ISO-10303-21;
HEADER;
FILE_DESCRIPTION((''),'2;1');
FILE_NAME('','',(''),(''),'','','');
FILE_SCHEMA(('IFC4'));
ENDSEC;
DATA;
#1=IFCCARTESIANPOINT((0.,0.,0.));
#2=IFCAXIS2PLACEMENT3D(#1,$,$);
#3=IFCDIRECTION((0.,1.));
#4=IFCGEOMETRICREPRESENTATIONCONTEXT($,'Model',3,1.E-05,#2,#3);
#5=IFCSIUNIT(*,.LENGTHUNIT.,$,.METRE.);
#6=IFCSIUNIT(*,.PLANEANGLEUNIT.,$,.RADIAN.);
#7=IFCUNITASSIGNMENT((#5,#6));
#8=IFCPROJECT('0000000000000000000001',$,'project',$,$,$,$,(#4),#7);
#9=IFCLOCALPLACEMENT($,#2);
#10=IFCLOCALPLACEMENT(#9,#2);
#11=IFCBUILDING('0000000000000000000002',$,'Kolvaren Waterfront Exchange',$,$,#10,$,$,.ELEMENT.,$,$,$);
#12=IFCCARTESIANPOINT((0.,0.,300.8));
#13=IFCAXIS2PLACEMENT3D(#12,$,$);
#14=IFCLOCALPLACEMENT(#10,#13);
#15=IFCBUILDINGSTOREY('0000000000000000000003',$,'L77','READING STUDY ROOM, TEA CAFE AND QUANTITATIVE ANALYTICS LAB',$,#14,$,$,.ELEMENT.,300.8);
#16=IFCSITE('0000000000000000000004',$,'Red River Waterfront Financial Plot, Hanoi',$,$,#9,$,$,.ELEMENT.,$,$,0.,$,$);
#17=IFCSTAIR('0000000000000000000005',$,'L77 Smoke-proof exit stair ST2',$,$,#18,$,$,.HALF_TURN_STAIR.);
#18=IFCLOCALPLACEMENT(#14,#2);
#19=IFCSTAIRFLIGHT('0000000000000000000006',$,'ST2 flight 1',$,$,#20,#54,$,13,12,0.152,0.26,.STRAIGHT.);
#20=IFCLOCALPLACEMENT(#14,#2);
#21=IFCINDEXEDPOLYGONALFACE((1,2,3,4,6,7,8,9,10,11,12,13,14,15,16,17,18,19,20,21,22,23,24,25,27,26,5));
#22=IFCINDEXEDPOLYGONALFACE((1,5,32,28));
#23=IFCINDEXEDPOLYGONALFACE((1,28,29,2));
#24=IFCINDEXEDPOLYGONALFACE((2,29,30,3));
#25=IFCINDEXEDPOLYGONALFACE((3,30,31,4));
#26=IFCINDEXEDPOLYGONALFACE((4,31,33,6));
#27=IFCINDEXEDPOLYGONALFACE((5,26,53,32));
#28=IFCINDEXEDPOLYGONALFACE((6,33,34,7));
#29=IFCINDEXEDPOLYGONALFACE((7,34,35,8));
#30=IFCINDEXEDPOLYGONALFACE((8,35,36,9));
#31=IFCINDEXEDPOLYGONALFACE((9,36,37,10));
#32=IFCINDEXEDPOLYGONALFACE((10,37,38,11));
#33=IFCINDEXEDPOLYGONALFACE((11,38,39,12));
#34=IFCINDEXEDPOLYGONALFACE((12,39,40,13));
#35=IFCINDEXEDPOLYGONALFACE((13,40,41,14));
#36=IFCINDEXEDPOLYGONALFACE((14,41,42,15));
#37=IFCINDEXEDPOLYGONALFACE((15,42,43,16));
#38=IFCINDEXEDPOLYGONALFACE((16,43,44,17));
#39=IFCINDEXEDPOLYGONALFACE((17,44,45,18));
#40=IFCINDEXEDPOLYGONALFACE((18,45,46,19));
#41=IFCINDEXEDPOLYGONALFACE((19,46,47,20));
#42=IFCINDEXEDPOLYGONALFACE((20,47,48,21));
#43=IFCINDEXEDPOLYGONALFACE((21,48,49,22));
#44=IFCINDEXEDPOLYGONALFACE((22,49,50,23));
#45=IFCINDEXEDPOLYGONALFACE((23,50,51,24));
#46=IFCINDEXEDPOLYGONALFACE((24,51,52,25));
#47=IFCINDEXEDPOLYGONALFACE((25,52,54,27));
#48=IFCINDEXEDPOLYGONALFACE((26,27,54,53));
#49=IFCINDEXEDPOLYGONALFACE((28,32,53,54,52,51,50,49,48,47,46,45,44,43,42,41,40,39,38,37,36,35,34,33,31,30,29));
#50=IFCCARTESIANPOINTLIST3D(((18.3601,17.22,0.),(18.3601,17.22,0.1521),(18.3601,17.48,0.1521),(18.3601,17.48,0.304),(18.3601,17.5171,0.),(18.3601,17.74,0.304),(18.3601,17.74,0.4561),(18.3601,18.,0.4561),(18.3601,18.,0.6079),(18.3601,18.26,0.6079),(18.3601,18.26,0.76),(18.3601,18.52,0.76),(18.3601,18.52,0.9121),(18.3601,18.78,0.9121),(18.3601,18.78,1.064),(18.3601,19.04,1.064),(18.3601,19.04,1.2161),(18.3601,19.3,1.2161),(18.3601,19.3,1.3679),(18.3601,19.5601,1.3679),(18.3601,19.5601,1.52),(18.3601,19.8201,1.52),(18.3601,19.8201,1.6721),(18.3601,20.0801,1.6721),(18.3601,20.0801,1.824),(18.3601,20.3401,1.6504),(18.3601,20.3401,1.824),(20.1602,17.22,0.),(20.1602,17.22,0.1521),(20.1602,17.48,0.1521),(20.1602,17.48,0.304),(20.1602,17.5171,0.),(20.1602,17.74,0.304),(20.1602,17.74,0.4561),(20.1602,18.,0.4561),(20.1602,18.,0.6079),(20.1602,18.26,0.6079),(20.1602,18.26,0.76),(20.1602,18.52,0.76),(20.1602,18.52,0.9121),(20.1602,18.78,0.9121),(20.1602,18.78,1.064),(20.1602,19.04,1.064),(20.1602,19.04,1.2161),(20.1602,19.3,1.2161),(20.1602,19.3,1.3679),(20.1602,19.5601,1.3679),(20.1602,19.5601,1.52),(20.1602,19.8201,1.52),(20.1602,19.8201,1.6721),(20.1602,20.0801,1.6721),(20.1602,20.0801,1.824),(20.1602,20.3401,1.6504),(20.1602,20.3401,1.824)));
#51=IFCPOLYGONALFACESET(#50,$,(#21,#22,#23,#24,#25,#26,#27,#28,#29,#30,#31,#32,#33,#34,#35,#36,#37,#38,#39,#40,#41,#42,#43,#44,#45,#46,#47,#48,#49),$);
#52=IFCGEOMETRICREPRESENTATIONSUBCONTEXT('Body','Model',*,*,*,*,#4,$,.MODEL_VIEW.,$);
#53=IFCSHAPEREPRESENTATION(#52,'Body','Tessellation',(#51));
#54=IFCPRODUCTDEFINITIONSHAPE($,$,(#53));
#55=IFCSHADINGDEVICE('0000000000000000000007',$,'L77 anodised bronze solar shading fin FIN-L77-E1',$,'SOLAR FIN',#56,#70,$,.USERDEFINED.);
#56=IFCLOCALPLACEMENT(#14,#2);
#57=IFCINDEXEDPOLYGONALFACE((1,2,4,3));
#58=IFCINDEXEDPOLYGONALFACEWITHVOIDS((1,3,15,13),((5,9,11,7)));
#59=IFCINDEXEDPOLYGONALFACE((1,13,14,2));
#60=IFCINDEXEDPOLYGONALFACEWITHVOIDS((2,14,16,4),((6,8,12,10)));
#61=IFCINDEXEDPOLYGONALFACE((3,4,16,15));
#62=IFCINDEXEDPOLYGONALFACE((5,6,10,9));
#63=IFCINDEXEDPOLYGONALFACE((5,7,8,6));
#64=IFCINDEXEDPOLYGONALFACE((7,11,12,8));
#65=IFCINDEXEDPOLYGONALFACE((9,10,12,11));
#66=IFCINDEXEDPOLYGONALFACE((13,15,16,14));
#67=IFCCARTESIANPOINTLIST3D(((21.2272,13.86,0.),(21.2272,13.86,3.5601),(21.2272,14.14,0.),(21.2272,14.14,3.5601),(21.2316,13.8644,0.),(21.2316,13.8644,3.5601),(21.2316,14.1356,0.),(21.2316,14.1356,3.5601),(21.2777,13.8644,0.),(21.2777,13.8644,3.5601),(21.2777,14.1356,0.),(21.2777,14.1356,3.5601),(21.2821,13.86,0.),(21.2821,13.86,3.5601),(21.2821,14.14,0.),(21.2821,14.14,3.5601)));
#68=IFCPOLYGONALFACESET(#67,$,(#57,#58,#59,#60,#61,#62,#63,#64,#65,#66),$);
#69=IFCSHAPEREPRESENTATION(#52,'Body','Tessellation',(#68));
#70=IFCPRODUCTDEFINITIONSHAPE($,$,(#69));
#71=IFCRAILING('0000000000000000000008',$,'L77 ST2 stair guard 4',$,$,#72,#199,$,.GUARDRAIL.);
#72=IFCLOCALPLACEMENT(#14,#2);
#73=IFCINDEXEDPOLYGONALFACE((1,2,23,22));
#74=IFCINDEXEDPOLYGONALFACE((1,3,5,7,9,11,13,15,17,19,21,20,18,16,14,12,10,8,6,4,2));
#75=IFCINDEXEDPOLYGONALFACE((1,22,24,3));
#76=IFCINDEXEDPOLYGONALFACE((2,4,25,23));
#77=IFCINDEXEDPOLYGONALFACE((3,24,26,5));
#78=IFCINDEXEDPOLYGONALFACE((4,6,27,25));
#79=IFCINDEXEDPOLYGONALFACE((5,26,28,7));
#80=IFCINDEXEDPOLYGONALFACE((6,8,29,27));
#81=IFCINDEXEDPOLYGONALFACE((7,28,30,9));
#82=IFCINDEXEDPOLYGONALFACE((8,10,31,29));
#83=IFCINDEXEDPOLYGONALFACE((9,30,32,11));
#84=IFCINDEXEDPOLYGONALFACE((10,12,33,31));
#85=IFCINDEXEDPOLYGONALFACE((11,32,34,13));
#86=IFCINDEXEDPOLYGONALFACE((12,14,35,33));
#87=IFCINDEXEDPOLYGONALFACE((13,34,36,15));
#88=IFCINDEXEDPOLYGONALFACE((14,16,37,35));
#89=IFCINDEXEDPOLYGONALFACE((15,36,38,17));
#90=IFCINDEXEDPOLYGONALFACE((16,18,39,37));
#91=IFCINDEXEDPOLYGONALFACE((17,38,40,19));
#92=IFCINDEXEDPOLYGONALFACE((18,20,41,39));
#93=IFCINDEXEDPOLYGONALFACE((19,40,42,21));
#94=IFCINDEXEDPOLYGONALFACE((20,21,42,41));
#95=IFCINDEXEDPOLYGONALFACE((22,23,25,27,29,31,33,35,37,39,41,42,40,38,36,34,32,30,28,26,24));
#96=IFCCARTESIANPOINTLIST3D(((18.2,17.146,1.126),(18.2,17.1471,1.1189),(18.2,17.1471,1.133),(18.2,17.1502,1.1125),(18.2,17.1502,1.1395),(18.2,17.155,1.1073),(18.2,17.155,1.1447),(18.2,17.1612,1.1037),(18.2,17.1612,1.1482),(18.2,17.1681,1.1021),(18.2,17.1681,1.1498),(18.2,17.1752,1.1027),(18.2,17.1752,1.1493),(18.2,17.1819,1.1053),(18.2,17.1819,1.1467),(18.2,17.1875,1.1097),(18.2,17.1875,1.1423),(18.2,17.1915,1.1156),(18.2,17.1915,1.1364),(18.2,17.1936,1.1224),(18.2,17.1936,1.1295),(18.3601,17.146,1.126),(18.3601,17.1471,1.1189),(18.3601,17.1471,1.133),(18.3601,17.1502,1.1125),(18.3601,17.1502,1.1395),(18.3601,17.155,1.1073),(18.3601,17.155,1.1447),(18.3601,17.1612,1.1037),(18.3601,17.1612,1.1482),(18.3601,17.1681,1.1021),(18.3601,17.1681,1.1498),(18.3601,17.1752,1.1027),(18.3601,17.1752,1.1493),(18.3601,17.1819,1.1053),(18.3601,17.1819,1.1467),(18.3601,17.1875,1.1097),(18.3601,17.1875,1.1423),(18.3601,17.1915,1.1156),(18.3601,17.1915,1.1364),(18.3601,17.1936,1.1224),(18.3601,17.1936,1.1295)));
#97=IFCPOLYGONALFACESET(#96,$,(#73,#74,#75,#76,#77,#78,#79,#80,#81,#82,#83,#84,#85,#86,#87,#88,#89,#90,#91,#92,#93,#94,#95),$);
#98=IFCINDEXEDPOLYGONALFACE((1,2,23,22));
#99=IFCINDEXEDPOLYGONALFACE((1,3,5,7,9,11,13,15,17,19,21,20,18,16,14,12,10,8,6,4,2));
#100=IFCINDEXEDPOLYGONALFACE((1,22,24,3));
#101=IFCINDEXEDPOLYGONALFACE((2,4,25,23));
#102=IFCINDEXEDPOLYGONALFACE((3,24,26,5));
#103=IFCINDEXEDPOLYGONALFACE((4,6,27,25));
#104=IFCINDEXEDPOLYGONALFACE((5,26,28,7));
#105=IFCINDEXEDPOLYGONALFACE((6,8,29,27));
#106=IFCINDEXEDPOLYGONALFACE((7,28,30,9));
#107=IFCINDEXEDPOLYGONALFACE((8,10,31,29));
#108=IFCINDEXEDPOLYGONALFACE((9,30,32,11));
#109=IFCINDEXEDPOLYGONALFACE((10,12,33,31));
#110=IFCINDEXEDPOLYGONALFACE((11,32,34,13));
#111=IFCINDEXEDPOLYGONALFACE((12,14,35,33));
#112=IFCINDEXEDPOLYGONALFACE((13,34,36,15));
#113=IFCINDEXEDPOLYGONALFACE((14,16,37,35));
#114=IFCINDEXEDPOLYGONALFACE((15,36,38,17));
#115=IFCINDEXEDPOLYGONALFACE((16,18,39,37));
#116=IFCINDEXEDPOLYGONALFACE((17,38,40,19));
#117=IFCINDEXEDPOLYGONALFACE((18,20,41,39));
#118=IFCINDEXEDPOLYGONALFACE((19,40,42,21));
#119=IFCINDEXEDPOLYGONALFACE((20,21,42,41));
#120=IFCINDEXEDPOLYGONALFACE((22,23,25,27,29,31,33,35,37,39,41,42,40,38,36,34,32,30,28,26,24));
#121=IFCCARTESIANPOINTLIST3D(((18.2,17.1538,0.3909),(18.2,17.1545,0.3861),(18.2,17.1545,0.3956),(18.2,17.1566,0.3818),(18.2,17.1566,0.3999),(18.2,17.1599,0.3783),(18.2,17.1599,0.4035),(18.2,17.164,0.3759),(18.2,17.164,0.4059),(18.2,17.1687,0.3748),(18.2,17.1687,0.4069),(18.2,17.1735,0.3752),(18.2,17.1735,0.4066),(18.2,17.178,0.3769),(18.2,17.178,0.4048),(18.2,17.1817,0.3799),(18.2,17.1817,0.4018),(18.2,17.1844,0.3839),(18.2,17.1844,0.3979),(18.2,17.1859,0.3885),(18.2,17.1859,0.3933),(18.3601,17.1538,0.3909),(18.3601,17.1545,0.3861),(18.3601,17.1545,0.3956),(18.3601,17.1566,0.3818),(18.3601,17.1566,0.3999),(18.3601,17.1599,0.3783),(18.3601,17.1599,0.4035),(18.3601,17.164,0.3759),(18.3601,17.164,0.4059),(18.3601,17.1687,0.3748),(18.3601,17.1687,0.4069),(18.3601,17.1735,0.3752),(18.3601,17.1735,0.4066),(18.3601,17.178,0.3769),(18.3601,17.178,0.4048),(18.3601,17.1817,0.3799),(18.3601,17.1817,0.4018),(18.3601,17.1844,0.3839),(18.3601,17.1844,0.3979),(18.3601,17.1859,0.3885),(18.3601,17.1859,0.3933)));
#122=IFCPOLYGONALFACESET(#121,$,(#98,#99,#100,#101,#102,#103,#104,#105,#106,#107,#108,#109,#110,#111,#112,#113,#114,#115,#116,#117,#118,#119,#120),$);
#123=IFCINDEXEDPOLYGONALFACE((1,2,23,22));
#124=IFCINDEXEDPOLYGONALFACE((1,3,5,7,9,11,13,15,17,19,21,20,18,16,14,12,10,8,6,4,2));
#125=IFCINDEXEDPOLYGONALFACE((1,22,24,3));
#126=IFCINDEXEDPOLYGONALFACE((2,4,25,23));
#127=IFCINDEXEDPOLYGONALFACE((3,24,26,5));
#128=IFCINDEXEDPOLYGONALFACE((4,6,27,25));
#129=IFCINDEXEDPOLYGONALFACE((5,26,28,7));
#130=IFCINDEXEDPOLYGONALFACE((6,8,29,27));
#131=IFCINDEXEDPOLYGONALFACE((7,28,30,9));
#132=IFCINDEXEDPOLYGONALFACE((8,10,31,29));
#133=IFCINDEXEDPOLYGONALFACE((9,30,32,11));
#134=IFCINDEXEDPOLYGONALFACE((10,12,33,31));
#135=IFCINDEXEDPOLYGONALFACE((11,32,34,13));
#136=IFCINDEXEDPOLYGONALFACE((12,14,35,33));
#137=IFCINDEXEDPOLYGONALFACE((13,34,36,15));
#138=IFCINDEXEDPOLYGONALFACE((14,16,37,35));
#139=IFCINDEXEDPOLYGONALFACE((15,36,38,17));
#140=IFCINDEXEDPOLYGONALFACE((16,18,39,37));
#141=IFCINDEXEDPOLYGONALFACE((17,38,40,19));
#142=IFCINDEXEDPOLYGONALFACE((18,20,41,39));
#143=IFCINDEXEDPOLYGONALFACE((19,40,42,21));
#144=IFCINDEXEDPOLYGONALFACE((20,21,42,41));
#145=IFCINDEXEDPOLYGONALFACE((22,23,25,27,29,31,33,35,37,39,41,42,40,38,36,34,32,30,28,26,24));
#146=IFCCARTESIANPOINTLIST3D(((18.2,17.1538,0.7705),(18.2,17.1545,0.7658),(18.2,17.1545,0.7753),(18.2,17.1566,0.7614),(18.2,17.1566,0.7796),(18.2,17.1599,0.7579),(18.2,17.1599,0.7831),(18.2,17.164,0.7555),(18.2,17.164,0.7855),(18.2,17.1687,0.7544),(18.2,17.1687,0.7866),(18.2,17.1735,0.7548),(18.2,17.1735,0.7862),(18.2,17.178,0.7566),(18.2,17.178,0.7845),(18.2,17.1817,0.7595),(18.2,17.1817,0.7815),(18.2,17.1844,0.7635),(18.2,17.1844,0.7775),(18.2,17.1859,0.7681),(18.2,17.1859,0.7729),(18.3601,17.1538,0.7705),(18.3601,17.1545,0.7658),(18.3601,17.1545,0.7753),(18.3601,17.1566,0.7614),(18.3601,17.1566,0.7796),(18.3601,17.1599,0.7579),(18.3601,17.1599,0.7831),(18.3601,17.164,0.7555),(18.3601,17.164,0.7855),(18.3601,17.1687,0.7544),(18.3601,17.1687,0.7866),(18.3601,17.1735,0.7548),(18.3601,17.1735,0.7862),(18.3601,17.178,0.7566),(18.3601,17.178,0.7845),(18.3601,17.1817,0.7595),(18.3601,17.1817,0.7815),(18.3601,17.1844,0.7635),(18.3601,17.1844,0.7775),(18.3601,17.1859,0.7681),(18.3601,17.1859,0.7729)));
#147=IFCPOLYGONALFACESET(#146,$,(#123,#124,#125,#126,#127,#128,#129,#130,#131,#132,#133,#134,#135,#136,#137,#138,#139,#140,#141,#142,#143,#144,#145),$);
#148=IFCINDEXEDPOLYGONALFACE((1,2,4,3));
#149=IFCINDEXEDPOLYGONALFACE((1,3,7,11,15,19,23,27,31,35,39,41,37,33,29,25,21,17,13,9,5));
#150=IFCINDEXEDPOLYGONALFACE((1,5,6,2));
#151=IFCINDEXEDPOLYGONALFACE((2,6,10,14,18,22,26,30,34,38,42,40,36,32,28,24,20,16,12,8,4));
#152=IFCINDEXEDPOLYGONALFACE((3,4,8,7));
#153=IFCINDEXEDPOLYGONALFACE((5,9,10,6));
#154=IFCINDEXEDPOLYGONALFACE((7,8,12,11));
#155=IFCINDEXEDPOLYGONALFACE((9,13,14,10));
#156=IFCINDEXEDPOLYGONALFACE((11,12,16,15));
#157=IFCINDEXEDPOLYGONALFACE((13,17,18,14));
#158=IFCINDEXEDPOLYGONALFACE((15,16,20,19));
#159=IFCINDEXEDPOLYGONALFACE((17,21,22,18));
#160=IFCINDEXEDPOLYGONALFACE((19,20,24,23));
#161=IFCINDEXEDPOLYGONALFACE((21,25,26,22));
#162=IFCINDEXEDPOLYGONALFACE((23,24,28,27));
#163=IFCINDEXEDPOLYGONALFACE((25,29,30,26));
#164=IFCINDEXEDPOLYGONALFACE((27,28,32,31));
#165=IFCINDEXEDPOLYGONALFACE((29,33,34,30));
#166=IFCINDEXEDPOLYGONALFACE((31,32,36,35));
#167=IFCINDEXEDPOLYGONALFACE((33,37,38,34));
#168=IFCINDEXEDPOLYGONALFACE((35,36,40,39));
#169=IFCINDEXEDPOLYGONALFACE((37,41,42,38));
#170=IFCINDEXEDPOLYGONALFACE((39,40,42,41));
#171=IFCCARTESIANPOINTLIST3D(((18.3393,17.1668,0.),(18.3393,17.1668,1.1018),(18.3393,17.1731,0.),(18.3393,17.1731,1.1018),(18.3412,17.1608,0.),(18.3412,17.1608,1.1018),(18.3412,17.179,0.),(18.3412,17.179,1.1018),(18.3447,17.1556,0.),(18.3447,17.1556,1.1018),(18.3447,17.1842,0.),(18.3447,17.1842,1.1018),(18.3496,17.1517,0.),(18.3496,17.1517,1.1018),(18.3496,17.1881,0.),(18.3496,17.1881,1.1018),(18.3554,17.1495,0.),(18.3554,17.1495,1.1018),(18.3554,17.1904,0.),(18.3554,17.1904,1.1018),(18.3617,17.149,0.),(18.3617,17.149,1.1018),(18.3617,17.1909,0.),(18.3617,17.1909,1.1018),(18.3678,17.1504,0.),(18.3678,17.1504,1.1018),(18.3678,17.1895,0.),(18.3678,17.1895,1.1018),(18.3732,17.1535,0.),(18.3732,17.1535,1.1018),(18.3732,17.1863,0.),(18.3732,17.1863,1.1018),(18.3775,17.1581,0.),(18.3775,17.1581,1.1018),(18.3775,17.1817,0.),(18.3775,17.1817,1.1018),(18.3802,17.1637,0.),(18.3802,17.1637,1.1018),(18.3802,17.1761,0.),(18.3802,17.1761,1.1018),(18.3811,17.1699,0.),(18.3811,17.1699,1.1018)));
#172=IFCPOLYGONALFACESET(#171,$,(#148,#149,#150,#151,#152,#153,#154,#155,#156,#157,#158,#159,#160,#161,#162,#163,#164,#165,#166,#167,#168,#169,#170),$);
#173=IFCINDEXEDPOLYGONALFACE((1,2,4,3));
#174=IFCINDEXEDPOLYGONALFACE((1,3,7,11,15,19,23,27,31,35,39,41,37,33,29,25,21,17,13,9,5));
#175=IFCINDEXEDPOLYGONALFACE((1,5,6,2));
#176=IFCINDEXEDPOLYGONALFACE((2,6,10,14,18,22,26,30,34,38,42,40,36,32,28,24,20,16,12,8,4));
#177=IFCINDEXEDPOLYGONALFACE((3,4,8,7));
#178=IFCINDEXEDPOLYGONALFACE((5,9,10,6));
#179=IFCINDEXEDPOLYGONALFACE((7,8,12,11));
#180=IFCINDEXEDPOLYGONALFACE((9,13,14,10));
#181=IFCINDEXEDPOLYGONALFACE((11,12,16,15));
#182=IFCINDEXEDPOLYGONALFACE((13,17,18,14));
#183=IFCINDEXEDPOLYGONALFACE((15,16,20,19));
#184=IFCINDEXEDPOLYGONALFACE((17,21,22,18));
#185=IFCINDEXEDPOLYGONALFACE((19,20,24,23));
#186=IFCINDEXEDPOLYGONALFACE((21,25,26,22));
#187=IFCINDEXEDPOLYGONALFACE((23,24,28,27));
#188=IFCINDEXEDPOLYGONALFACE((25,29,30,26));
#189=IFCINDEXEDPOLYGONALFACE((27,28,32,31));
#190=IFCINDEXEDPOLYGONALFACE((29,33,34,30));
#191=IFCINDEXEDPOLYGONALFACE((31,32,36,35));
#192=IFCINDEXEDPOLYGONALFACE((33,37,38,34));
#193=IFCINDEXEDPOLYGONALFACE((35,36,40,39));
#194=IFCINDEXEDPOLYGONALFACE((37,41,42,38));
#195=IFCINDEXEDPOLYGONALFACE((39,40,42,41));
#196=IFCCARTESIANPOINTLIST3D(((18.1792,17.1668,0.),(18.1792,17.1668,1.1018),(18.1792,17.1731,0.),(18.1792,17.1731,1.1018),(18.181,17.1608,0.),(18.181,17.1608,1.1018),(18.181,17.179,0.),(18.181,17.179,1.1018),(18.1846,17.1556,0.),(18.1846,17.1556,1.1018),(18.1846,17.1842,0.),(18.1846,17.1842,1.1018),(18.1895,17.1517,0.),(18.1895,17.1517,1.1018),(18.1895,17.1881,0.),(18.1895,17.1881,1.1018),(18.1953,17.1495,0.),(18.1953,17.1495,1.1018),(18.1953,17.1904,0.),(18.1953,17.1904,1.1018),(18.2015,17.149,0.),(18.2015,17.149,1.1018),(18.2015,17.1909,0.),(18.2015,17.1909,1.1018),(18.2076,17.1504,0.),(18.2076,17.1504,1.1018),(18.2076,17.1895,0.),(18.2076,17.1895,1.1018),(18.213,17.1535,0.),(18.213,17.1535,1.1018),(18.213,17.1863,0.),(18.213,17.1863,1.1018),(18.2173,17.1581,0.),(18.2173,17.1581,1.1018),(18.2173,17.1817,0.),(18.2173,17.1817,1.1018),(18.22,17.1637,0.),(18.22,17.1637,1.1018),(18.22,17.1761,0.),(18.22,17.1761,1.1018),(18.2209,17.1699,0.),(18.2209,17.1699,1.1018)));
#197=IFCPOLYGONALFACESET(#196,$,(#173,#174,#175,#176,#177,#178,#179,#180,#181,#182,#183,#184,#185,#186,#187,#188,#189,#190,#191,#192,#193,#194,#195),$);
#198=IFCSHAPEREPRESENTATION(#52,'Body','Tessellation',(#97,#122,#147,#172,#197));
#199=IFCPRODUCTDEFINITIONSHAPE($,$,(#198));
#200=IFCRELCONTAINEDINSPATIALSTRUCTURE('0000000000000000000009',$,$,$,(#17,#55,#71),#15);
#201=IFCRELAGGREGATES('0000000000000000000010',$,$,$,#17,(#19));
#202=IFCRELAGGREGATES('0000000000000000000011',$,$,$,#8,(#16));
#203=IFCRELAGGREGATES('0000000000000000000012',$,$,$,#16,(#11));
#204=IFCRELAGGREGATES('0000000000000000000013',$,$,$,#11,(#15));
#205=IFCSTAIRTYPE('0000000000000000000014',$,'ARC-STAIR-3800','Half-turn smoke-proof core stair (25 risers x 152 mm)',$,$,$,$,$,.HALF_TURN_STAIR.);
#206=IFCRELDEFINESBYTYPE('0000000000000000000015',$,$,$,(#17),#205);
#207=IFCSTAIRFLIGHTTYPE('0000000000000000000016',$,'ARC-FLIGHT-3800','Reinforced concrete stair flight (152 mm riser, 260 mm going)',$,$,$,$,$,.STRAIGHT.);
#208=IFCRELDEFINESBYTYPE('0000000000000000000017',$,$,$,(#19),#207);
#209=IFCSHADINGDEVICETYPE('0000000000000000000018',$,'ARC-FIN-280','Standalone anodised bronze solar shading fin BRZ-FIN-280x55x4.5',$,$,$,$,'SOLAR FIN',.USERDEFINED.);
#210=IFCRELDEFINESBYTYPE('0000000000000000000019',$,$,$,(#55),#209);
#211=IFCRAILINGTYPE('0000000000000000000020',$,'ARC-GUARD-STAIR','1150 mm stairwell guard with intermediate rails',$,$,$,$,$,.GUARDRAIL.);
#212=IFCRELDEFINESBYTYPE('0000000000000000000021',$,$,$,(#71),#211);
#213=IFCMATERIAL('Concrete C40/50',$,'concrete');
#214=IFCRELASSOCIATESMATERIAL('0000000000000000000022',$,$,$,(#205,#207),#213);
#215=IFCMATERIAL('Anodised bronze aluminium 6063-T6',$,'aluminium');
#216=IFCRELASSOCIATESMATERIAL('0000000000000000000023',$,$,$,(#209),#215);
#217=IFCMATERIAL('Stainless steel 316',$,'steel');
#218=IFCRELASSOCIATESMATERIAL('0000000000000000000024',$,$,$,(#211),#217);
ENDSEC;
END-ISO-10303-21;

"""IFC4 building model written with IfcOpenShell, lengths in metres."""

from ifc_helpers import new_model, si_unit, direction, frame, origin, origin_2d, place, context, subcontext, project, spatial, polyline, hollow_rectangle, circle, outline, extrude, material, material_profile, profile_set, type_object, element, aggregate, save


model = new_model("IFC4")

# Units and contexts
model_context = context("Model", 3, precision=1e-05, world=origin(), true_north=direction((0.0, 1.0)))
body_context = subcontext(model_context, "Body", "Model", "MODEL_VIEW")
ifc_project = project(units=[si_unit("LENGTHUNIT", "METRE"), si_unit("PLANEANGLEUNIT", "RADIAN")], contexts=[model_context])

# Site, building, storey
site_placement = place(None, origin())
site = spatial("IfcSite", under=ifc_project, at=site_placement, Name="Red River Waterfront Financial Plot, Hanoi", CompositionType="ELEMENT", RefElevation=0.0)
building_placement = place(site_placement, origin())
building = spatial("IfcBuilding", under=site, at=building_placement, Name="Kolvaren Waterfront Exchange", CompositionType="ELEMENT")
storey_placement = place(building_placement, frame((0.0, 0.0, 300.8)))
storey = spatial("IfcBuildingStorey", under=building, at=storey_placement, Name="L77", Description="READING STUDY ROOM, TEA CAFE AND QUANTITATIVE ANALYTICS LAB", CompositionType="ELEMENT", Elevation=300.8)

# Shared definitions
ifc_material_1 = material(Name="Concrete C40/50", Category="concrete")

# Stair, stair flight
stair_type = type_object("IfcStairType", Name="ARC-STAIR-3800", Description="Half-turn smoke-proof core stair (25 risers x 152 mm)", PredefinedType="HALF_TURN_STAIR", material=ifc_material_1)
stair_placement = place(storey_placement, origin())
stair = element("IfcStair", 1, at=stair_placement, inside=storey, type_object=stair_type, Name="L77 Smoke-proof exit stair ST2", PredefinedType="HALF_TURN_STAIR")
stair_flight_type = type_object("IfcStairFlightType", Name="ARC-FLIGHT-3800", Description="Reinforced concrete stair flight (152 mm riser, 260 mm going)", PredefinedType="STRAIGHT", material=ifc_material_1)
stair_flight_placement = place(storey_placement, frame((19.26, 17.22, 0.0), z_axis=(0.0, 0.0, 1.0), x_axis=(0.0, 1.0, 0.0)))
stair_flight = element("IfcStairFlight", 2, at=stair_flight_placement, type_object=stair_flight_type, Name="ST2 flight 1", NumberOfRisers=13, NumberOfTreads=12, PredefinedType="STRAIGHT", RiserHeight=0.152, TreadLength=0.26, context=body_context, shape_type="SweptSolid", body=[
    extrude(outline(polyline([(0.0, 0.0), (0.0, 0.1521), (0.26, 0.1521), (0.26, 0.304), (0.52, 0.304), (0.52, 0.4561), (0.78, 0.4561), (0.78, 0.6079), (1.04, 0.6079), (1.04, 0.76), (1.3, 0.76), (1.3, 0.9121), (1.5601, 0.9121), (1.5601, 1.064), (1.8201, 1.064), (1.8201, 1.2161), (2.0801, 1.2161), (2.0801, 1.3679), (2.3401, 1.3679), (2.3401, 1.52), (2.6001, 1.52), (2.6001, 1.6721), (2.8601, 1.6721), (2.8601, 1.824), (3.1201, 1.824), (3.1201, 1.9761), (3.1201, 1.6504), (0.2971, 0.0), (0.0, 0.0)])), frame((0.0, 0.8999, 0.0), z_axis=(0.0, -1.0, 0.0), x_axis=(1.0, 0.0, 0.0)), (0.0, 0.0, 1.0), 1.8),
])
aggregate(stair, [stair_flight])

# Shading device
ifc_material_2 = material(Name="Anodised bronze aluminium 6063-T6", Category="aluminium")
ifc_material_profile_1 = material_profile(ifc_material_2, hollow_rectangle(XDim=0.0549, YDim=0.28, WallThickness=0.0044, at=origin_2d()), Name="BRZ-FIN-280x55x4.5")
ifc_profile_set_1 = profile_set([ifc_material_profile_1], Name="Anodised bronze aluminium 6063-T6")
shading_device_type = type_object("IfcShadingDeviceType", Name="ARC-FIN-280", Description="Standalone anodised bronze solar shading fin BRZ-FIN-280x55x4.5", ElementType="SOLAR FIN", PredefinedType="USERDEFINED", material=ifc_profile_set_1)
shading_device_placement = place(storey_placement, frame((21.2546, 14.0, 0.0), z_axis=(0.0, 0.0, 1.0), x_axis=(1.0, 0.0, 0.0)))
element("IfcShadingDevice", 3, at=shading_device_placement, inside=storey, type_object=shading_device_type, Name="L77 anodised bronze solar shading fin FIN-L77-E1", ObjectType="SOLAR FIN", PredefinedType="USERDEFINED", context=body_context, shape_type="SweptSolid", body=[
    extrude(hollow_rectangle(XDim=0.0549, YDim=0.28, WallThickness=0.0044, at=origin_2d()), origin(), (0.0, 0.0, 1.0), 3.5601),
])

# Railing
ifc_material_3 = material(Name="Stainless steel 316", Category="steel")
railing_type_1 = type_object("IfcRailingType", Name="ARC-GUARD-STAIR", Description="1150 mm stairwell guard with intermediate rails", PredefinedType="GUARDRAIL", material=ifc_material_3)
railing_1_placement = place(storey_placement, frame((18.3601, 17.1699, 0.0)))
element("IfcRailing", 4, at=railing_1_placement, inside=storey, type_object=railing_type_1, Name="L77 ST2 stair guard 4", PredefinedType="GUARDRAIL", context=body_context, shape_type="SweptSolid", body=[
    extrude(circle(Radius=0.0239, at=origin_2d()), frame((0.0, 0.0, 1.126), z_axis=(-1.0, 0.0, 0.0), x_axis=(0.0, -1.0, 0.0)), (0.0, 0.0, 1.0), 0.1602),
    extrude(circle(Radius=0.0161, at=origin_2d()), frame((0.0, 0.0, 0.3909), z_axis=(-1.0, 0.0, 0.0), x_axis=(0.0, -1.0, 0.0)), (0.0, 0.0, 1.0), 0.1602),
    extrude(circle(Radius=0.0161, at=origin_2d()), frame((0.0, 0.0, 0.7705), z_axis=(-1.0, 0.0, 0.0), x_axis=(0.0, -1.0, 0.0)), (0.0, 0.0, 1.0), 0.1602),
    extrude(circle(Radius=0.021, at=origin_2d()), origin(), (0.0, 0.0, 1.0), 1.1018),
    extrude(circle(Radius=0.021, at=origin_2d()), frame((-0.1602, 0.0, 0.0)), (0.0, 0.0, 1.0), 1.1018),
])

save(model, "model.ifc")
